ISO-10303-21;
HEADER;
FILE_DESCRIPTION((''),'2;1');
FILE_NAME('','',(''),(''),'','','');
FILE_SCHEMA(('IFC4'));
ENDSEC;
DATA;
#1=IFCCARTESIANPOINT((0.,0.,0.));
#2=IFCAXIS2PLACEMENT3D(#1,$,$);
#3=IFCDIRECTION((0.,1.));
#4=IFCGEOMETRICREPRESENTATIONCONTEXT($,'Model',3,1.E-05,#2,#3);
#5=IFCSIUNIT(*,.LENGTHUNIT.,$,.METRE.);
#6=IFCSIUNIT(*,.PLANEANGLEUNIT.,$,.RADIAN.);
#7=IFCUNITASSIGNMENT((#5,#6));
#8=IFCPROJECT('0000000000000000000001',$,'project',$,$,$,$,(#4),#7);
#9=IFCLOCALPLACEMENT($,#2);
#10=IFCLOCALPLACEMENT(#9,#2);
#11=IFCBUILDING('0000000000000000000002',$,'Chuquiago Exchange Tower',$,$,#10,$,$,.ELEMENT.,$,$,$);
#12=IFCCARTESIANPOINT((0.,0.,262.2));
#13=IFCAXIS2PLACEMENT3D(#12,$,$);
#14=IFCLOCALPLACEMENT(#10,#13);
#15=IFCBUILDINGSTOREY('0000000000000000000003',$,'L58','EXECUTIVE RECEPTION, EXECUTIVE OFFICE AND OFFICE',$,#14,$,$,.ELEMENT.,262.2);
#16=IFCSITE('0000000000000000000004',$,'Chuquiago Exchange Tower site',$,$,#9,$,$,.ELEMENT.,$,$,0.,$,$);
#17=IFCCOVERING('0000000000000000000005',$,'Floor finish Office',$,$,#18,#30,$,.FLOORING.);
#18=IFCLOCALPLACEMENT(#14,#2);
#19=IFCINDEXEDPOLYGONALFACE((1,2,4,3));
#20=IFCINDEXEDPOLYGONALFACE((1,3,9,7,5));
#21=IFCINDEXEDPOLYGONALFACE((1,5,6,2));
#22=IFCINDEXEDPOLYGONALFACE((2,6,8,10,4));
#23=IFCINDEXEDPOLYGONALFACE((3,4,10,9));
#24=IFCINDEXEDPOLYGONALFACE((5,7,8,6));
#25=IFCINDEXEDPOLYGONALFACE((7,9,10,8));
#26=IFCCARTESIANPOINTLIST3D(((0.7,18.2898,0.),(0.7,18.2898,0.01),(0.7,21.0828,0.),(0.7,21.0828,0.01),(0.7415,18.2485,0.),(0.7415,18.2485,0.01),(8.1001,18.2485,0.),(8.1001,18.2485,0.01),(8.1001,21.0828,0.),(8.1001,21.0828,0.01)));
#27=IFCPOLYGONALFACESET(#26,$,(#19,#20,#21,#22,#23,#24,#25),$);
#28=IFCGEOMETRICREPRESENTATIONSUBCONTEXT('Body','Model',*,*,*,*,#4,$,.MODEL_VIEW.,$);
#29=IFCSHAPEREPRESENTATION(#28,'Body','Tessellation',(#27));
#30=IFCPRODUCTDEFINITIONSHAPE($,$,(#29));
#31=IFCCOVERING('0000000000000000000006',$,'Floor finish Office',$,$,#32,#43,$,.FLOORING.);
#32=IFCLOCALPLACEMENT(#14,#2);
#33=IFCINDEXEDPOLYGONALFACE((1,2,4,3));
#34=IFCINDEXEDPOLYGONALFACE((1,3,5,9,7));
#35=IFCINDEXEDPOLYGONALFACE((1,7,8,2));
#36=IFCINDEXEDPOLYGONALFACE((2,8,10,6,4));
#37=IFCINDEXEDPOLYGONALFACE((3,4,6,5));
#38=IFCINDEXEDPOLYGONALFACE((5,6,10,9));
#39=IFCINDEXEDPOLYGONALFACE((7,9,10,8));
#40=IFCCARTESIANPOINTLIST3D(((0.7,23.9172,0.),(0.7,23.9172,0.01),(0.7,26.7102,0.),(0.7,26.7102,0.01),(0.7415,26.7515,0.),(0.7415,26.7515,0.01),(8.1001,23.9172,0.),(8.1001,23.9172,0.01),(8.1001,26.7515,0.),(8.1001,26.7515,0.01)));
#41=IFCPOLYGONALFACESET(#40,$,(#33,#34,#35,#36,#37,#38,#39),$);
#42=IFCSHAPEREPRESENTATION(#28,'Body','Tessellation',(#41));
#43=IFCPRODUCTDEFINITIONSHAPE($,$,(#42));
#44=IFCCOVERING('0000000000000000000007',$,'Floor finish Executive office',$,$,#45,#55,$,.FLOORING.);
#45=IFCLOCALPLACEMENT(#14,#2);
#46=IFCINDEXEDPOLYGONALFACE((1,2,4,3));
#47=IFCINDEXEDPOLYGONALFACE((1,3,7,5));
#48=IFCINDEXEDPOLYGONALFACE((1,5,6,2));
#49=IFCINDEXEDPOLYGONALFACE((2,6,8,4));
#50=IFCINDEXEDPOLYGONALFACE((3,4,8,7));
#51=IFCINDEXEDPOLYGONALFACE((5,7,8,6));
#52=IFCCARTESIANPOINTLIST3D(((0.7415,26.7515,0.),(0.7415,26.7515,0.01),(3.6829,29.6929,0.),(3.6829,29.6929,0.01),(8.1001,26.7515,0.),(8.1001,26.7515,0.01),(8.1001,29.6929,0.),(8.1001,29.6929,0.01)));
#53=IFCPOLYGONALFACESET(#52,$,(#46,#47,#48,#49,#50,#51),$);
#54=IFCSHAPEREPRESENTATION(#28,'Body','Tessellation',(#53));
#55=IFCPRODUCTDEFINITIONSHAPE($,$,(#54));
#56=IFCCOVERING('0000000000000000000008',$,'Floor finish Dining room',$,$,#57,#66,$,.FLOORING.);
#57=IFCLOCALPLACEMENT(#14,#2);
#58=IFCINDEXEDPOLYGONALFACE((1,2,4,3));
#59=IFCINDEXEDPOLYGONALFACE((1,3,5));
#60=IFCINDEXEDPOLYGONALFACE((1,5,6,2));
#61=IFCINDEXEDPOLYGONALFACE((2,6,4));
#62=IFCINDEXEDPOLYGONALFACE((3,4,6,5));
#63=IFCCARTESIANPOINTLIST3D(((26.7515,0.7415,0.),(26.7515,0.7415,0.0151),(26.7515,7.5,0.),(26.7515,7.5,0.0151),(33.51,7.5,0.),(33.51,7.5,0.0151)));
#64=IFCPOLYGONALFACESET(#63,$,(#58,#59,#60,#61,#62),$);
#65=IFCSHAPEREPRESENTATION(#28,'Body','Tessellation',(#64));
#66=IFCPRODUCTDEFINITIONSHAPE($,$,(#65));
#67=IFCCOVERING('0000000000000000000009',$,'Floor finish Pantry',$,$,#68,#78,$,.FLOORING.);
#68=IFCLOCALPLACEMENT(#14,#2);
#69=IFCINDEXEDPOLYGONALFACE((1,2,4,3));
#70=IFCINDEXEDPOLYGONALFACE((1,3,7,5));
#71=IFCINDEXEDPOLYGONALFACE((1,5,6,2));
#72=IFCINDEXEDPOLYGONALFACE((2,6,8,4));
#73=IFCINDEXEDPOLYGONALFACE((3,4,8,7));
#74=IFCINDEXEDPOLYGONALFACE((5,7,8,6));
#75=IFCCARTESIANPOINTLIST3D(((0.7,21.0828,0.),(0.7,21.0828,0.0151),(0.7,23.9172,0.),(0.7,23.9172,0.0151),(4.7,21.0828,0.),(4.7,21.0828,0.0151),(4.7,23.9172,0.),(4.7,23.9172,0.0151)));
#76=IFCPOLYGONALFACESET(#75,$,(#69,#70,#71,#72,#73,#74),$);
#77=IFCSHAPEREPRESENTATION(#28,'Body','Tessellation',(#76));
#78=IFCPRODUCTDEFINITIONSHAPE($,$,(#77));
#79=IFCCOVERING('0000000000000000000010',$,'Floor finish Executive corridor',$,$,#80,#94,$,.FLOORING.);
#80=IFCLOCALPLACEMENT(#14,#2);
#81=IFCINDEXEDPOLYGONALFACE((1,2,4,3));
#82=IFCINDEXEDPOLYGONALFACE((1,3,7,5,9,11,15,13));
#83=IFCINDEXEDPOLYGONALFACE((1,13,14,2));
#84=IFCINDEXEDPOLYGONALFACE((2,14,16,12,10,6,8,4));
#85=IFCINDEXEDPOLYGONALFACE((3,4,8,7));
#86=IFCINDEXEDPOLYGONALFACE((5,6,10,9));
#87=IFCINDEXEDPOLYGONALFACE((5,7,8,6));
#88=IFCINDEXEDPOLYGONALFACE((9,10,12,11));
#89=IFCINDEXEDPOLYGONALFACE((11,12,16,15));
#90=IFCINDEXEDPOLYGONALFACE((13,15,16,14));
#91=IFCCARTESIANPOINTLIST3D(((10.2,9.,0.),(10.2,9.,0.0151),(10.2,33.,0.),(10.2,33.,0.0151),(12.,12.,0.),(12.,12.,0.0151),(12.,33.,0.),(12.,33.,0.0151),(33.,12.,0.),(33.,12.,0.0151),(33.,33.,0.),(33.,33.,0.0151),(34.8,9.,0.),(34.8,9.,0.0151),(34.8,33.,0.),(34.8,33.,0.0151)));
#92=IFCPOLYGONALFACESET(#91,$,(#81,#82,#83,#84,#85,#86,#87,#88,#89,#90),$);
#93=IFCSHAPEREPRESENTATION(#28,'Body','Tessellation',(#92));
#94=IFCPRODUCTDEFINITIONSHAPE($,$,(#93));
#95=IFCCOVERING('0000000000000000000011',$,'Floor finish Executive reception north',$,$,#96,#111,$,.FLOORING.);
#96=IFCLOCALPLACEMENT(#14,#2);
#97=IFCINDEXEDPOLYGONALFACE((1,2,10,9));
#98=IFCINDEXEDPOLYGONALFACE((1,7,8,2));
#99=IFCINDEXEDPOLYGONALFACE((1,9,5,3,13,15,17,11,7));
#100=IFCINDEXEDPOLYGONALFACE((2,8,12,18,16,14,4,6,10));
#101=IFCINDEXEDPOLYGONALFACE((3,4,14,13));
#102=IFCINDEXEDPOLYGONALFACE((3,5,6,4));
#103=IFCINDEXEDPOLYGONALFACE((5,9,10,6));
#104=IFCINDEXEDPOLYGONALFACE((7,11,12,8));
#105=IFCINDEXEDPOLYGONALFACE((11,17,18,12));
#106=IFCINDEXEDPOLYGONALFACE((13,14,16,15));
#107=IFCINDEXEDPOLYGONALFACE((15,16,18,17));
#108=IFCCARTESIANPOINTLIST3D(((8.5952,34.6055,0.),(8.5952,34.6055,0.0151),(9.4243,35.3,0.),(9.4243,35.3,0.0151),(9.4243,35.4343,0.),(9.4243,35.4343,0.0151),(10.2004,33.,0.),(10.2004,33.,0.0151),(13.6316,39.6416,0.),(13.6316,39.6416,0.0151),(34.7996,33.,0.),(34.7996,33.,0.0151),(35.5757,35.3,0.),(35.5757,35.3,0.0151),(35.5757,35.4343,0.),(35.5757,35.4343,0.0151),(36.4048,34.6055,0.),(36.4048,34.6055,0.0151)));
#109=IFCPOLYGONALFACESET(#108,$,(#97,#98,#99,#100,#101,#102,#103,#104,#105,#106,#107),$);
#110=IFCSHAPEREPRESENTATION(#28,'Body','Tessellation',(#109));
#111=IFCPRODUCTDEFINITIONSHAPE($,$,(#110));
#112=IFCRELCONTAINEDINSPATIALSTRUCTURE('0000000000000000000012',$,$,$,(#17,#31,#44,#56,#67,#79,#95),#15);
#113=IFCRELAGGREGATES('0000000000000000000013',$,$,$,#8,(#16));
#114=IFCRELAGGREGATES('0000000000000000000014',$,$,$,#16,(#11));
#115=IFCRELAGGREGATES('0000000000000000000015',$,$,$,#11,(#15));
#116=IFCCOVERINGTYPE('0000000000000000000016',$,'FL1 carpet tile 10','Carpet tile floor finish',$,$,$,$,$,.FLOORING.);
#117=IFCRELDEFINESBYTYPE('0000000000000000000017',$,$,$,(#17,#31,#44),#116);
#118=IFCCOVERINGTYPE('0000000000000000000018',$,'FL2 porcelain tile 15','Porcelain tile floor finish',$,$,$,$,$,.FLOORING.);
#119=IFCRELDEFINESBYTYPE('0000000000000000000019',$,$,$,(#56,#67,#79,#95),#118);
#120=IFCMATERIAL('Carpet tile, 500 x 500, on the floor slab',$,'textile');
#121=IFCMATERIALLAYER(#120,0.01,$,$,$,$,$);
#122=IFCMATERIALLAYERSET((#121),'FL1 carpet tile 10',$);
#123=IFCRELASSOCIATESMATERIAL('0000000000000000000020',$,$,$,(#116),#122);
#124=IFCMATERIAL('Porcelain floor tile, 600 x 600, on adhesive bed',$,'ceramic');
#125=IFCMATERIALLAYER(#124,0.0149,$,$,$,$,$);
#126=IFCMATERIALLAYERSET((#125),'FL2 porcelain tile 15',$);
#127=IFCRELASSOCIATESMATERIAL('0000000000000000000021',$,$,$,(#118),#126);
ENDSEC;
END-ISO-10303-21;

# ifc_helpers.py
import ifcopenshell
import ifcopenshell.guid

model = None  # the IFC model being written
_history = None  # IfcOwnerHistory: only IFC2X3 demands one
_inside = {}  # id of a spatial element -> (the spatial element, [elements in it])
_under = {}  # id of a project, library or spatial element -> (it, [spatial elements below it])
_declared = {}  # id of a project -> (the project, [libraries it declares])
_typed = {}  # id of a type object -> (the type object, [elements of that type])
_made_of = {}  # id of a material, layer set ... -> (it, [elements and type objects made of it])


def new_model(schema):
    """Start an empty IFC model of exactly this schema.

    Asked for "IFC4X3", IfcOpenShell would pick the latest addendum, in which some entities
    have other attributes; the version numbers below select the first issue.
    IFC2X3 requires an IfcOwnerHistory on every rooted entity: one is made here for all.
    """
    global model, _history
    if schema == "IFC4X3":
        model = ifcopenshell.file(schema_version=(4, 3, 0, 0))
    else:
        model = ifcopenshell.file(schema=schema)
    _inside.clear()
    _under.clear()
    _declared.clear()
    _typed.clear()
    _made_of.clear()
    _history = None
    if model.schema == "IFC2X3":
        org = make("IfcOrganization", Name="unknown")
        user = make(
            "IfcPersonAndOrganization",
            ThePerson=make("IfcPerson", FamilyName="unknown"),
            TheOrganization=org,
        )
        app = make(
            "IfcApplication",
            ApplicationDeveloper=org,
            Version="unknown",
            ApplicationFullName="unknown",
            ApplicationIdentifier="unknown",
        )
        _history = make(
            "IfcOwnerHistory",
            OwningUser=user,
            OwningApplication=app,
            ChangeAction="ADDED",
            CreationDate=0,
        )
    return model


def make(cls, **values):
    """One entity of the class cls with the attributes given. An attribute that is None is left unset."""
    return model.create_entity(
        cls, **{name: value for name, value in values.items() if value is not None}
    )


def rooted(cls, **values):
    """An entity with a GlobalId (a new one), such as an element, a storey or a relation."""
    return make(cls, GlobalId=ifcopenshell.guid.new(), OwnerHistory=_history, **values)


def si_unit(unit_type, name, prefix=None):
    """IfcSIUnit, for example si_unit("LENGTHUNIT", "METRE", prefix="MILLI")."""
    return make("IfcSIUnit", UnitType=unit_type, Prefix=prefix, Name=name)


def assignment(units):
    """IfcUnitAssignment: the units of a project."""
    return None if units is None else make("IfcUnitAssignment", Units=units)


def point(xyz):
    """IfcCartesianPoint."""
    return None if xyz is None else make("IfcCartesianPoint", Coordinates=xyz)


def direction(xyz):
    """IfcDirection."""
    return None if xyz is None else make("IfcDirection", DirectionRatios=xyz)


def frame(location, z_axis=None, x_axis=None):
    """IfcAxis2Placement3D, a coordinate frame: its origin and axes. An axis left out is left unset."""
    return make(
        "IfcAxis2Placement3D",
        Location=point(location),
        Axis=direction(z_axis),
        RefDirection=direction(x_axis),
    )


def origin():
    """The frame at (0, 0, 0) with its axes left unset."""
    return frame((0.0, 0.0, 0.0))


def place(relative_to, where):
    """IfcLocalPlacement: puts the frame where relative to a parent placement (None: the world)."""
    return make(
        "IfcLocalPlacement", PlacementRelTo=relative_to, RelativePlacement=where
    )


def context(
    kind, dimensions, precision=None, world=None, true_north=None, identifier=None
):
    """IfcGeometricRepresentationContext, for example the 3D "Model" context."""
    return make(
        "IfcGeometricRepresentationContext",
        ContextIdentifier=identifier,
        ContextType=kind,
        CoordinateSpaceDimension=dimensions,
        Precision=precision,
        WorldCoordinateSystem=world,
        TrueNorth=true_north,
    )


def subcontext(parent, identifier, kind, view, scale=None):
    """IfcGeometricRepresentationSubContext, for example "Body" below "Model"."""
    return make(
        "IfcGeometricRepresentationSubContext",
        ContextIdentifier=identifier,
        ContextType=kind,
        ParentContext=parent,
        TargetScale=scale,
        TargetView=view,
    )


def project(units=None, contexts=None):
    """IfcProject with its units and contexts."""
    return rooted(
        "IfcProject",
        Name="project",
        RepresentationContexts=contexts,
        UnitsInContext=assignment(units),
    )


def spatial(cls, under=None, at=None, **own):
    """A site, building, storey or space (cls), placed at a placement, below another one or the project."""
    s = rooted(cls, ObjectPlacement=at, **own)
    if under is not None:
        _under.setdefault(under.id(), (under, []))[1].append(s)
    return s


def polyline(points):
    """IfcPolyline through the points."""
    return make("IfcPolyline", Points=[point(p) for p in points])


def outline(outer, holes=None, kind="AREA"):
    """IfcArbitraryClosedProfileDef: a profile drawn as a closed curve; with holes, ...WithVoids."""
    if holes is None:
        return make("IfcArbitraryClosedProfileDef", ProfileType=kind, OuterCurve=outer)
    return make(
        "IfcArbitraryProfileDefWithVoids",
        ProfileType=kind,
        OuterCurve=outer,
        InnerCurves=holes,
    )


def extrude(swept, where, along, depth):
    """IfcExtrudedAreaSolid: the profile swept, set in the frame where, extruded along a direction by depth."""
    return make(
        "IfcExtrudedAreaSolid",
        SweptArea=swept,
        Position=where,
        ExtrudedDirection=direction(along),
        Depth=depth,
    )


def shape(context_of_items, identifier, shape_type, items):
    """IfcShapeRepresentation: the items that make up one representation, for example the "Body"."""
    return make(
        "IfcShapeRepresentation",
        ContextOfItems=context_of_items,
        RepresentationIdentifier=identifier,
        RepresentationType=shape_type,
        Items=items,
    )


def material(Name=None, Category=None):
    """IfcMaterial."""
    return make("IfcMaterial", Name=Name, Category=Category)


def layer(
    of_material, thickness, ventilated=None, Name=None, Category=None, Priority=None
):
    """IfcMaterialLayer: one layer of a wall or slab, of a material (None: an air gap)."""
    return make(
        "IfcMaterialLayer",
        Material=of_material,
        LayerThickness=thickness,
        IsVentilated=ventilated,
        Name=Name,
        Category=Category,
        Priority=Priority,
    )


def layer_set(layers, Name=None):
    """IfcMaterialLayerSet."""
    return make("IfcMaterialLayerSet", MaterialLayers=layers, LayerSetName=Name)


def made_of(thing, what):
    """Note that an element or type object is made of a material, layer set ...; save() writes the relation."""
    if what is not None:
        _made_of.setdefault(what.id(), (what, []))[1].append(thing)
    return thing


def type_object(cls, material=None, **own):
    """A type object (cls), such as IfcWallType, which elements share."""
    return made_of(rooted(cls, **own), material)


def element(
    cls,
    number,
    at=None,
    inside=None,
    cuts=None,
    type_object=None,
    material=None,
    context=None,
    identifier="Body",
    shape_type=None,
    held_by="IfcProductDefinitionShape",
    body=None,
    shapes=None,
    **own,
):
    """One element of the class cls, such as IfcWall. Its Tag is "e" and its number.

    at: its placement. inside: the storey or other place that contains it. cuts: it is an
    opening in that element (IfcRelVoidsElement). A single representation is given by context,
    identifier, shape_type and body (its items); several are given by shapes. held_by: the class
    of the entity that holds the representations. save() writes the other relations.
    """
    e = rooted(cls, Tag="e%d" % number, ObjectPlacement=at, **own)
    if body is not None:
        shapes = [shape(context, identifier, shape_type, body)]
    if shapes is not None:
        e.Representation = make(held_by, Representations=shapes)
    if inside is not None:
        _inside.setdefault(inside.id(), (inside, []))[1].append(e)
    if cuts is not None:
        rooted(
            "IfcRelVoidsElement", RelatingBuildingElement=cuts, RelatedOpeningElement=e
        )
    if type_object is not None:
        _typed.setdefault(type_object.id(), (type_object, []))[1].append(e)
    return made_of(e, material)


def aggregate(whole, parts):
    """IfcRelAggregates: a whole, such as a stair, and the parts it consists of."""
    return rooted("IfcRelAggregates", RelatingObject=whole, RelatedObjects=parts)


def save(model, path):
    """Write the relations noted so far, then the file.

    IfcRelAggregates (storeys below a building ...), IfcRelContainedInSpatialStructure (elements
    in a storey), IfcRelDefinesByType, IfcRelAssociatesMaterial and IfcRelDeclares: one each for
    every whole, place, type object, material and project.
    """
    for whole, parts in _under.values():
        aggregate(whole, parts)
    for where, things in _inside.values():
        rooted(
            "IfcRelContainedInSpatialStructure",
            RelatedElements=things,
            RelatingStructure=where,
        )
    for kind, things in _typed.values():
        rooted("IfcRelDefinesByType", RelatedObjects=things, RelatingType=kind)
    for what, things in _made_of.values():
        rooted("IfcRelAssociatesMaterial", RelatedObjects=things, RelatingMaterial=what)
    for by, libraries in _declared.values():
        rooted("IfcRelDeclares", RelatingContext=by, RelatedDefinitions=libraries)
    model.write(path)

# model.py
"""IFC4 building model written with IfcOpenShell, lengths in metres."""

from ifc_helpers import new_model, si_unit, direction, frame, origin, place, context, subcontext, project, spatial, polyline, outline, extrude, material, layer, layer_set, type_object, element, save


model = new_model("IFC4")

# Units and contexts
model_context = context("Model", 3, precision=1e-05, world=origin(), true_north=direction((0.0, 1.0)))
body_context = subcontext(model_context, "Body", "Model", "MODEL_VIEW")
ifc_project = project(units=[si_unit("LENGTHUNIT", "METRE"), si_unit("PLANEANGLEUNIT", "RADIAN")], contexts=[model_context])

# Site, building, storey
site_placement = place(None, origin())
site = spatial("IfcSite", under=ifc_project, at=site_placement, Name="Chuquiago Exchange Tower site", CompositionType="ELEMENT", RefElevation=0.0)
building_placement = place(site_placement, origin())
building = spatial("IfcBuilding", under=site, at=building_placement, Name="Chuquiago Exchange Tower", CompositionType="ELEMENT")
storey_placement = place(building_placement, frame((0.0, 0.0, 262.2)))
storey = spatial("IfcBuildingStorey", under=building, at=storey_placement, Name="L58", Description="EXECUTIVE RECEPTION, EXECUTIVE OFFICE AND OFFICE", CompositionType="ELEMENT", Elevation=262.2)

# Coverings
ifc_material_1 = material(Name="Carpet tile, 500 x 500, on the floor slab", Category="textile")
ifc_layer_1 = layer(ifc_material_1, 0.01)
ifc_layer_set_1 = layer_set([ifc_layer_1], Name="FL1 carpet tile 10")
covering_type_1 = type_object("IfcCoveringType", Name="FL1 carpet tile 10", Description="Carpet tile floor finish", PredefinedType="FLOORING", material=ifc_layer_set_1)
covering_1_placement = place(storey_placement, origin())
element("IfcCovering", 1, at=covering_1_placement, inside=storey, type_object=covering_type_1, Name="Floor finish Office", PredefinedType="FLOORING", context=body_context, shape_type="SweptSolid", body=[
    extrude(outline(polyline([(0.7, 21.0828), (8.1001, 21.0828), (8.1001, 18.2485), (0.7415, 18.2485), (0.7, 18.2898), (0.7, 21.0828)])), origin(), (0.0, 0.0, 1.0), 0.01),
])
covering_2_placement = place(storey_placement, origin())
element("IfcCovering", 2, at=covering_2_placement, inside=storey, type_object=covering_type_1, Name="Floor finish Office", PredefinedType="FLOORING", context=body_context, shape_type="SweptSolid", body=[
    extrude(outline(polyline([(0.7, 26.7102), (0.7415, 26.7515), (8.1001, 26.7515), (8.1001, 23.9172), (0.7, 23.9172), (0.7, 26.7102)])), origin(), (0.0, 0.0, 1.0), 0.01),
])
covering_3_placement = place(storey_placement, origin())
element("IfcCovering", 3, at=covering_3_placement, inside=storey, type_object=covering_type_1, Name="Floor finish Executive office", PredefinedType="FLOORING", context=body_context, shape_type="SweptSolid", body=[
    extrude(outline(polyline([(3.6829, 29.6929), (8.1001, 29.6929), (8.1001, 26.7515), (0.7415, 26.7515), (3.6829, 29.6929)])), origin(), (0.0, 0.0, 1.0), 0.01),
])
ifc_material_2 = material(Name="Porcelain floor tile, 600 x 600, on adhesive bed", Category="ceramic")
ifc_layer_2 = layer(ifc_material_2, 0.0149)
ifc_layer_set_2 = layer_set([ifc_layer_2], Name="FL2 porcelain tile 15")
covering_type_2 = type_object("IfcCoveringType", Name="FL2 porcelain tile 15", Description="Porcelain tile floor finish", PredefinedType="FLOORING", material=ifc_layer_set_2)
covering_4_placement = place(storey_placement, origin())
element("IfcCovering", 4, at=covering_4_placement, inside=storey, type_object=covering_type_2, Name="Floor finish Dining room", PredefinedType="FLOORING", context=body_context, shape_type="SweptSolid", body=[
    extrude(outline(polyline([(26.7515, 0.7415), (26.7515, 7.5), (33.51, 7.5), (26.7515, 0.7415)])), origin(), (0.0, 0.0, 1.0), 0.0151),
])
covering_5_placement = place(storey_placement, origin())
element("IfcCovering", 5, at=covering_5_placement, inside=storey, type_object=covering_type_2, Name="Floor finish Pantry", PredefinedType="FLOORING", context=body_context, shape_type="SweptSolid", body=[
    extrude(outline(polyline([(0.7, 23.9172), (4.7, 23.9172), (4.7, 21.0828), (0.7, 21.0828), (0.7, 23.9172)])), origin(), (0.0, 0.0, 1.0), 0.0151),
])
covering_6_placement = place(storey_placement, origin())
element("IfcCovering", 6, at=covering_6_placement, inside=storey, type_object=covering_type_2, Name="Floor finish Executive corridor", PredefinedType="FLOORING", context=body_context, shape_type="SweptSolid", body=[
    extrude(outline(polyline([(12.0, 12.0), (33.0, 12.0), (33.0, 33.0), (34.8, 33.0), (34.8, 9.0), (10.2, 9.0), (10.2, 33.0), (12.0, 33.0), (12.0, 12.0)])), origin(), (0.0, 0.0, 1.0), 0.0151),
])
covering_7_placement = place(storey_placement, origin())
element("IfcCovering", 7, at=covering_7_placement, inside=storey, type_object=covering_type_2, Name="Floor finish Executive reception north", PredefinedType="FLOORING", context=body_context, shape_type="SweptSolid", body=[
    extrude(outline(polyline([(9.4243, 35.3), (35.5757, 35.3), (35.5757, 35.4343), (36.4048, 34.6055), (34.7996, 33.0), (10.2004, 33.0), (8.5952, 34.6055), (13.6316, 39.6416), (9.4243, 35.4343), (9.4243, 35.3)])), origin(), (0.0, 0.0, 1.0), 0.0151),
])

save(model, "model.ifc")
